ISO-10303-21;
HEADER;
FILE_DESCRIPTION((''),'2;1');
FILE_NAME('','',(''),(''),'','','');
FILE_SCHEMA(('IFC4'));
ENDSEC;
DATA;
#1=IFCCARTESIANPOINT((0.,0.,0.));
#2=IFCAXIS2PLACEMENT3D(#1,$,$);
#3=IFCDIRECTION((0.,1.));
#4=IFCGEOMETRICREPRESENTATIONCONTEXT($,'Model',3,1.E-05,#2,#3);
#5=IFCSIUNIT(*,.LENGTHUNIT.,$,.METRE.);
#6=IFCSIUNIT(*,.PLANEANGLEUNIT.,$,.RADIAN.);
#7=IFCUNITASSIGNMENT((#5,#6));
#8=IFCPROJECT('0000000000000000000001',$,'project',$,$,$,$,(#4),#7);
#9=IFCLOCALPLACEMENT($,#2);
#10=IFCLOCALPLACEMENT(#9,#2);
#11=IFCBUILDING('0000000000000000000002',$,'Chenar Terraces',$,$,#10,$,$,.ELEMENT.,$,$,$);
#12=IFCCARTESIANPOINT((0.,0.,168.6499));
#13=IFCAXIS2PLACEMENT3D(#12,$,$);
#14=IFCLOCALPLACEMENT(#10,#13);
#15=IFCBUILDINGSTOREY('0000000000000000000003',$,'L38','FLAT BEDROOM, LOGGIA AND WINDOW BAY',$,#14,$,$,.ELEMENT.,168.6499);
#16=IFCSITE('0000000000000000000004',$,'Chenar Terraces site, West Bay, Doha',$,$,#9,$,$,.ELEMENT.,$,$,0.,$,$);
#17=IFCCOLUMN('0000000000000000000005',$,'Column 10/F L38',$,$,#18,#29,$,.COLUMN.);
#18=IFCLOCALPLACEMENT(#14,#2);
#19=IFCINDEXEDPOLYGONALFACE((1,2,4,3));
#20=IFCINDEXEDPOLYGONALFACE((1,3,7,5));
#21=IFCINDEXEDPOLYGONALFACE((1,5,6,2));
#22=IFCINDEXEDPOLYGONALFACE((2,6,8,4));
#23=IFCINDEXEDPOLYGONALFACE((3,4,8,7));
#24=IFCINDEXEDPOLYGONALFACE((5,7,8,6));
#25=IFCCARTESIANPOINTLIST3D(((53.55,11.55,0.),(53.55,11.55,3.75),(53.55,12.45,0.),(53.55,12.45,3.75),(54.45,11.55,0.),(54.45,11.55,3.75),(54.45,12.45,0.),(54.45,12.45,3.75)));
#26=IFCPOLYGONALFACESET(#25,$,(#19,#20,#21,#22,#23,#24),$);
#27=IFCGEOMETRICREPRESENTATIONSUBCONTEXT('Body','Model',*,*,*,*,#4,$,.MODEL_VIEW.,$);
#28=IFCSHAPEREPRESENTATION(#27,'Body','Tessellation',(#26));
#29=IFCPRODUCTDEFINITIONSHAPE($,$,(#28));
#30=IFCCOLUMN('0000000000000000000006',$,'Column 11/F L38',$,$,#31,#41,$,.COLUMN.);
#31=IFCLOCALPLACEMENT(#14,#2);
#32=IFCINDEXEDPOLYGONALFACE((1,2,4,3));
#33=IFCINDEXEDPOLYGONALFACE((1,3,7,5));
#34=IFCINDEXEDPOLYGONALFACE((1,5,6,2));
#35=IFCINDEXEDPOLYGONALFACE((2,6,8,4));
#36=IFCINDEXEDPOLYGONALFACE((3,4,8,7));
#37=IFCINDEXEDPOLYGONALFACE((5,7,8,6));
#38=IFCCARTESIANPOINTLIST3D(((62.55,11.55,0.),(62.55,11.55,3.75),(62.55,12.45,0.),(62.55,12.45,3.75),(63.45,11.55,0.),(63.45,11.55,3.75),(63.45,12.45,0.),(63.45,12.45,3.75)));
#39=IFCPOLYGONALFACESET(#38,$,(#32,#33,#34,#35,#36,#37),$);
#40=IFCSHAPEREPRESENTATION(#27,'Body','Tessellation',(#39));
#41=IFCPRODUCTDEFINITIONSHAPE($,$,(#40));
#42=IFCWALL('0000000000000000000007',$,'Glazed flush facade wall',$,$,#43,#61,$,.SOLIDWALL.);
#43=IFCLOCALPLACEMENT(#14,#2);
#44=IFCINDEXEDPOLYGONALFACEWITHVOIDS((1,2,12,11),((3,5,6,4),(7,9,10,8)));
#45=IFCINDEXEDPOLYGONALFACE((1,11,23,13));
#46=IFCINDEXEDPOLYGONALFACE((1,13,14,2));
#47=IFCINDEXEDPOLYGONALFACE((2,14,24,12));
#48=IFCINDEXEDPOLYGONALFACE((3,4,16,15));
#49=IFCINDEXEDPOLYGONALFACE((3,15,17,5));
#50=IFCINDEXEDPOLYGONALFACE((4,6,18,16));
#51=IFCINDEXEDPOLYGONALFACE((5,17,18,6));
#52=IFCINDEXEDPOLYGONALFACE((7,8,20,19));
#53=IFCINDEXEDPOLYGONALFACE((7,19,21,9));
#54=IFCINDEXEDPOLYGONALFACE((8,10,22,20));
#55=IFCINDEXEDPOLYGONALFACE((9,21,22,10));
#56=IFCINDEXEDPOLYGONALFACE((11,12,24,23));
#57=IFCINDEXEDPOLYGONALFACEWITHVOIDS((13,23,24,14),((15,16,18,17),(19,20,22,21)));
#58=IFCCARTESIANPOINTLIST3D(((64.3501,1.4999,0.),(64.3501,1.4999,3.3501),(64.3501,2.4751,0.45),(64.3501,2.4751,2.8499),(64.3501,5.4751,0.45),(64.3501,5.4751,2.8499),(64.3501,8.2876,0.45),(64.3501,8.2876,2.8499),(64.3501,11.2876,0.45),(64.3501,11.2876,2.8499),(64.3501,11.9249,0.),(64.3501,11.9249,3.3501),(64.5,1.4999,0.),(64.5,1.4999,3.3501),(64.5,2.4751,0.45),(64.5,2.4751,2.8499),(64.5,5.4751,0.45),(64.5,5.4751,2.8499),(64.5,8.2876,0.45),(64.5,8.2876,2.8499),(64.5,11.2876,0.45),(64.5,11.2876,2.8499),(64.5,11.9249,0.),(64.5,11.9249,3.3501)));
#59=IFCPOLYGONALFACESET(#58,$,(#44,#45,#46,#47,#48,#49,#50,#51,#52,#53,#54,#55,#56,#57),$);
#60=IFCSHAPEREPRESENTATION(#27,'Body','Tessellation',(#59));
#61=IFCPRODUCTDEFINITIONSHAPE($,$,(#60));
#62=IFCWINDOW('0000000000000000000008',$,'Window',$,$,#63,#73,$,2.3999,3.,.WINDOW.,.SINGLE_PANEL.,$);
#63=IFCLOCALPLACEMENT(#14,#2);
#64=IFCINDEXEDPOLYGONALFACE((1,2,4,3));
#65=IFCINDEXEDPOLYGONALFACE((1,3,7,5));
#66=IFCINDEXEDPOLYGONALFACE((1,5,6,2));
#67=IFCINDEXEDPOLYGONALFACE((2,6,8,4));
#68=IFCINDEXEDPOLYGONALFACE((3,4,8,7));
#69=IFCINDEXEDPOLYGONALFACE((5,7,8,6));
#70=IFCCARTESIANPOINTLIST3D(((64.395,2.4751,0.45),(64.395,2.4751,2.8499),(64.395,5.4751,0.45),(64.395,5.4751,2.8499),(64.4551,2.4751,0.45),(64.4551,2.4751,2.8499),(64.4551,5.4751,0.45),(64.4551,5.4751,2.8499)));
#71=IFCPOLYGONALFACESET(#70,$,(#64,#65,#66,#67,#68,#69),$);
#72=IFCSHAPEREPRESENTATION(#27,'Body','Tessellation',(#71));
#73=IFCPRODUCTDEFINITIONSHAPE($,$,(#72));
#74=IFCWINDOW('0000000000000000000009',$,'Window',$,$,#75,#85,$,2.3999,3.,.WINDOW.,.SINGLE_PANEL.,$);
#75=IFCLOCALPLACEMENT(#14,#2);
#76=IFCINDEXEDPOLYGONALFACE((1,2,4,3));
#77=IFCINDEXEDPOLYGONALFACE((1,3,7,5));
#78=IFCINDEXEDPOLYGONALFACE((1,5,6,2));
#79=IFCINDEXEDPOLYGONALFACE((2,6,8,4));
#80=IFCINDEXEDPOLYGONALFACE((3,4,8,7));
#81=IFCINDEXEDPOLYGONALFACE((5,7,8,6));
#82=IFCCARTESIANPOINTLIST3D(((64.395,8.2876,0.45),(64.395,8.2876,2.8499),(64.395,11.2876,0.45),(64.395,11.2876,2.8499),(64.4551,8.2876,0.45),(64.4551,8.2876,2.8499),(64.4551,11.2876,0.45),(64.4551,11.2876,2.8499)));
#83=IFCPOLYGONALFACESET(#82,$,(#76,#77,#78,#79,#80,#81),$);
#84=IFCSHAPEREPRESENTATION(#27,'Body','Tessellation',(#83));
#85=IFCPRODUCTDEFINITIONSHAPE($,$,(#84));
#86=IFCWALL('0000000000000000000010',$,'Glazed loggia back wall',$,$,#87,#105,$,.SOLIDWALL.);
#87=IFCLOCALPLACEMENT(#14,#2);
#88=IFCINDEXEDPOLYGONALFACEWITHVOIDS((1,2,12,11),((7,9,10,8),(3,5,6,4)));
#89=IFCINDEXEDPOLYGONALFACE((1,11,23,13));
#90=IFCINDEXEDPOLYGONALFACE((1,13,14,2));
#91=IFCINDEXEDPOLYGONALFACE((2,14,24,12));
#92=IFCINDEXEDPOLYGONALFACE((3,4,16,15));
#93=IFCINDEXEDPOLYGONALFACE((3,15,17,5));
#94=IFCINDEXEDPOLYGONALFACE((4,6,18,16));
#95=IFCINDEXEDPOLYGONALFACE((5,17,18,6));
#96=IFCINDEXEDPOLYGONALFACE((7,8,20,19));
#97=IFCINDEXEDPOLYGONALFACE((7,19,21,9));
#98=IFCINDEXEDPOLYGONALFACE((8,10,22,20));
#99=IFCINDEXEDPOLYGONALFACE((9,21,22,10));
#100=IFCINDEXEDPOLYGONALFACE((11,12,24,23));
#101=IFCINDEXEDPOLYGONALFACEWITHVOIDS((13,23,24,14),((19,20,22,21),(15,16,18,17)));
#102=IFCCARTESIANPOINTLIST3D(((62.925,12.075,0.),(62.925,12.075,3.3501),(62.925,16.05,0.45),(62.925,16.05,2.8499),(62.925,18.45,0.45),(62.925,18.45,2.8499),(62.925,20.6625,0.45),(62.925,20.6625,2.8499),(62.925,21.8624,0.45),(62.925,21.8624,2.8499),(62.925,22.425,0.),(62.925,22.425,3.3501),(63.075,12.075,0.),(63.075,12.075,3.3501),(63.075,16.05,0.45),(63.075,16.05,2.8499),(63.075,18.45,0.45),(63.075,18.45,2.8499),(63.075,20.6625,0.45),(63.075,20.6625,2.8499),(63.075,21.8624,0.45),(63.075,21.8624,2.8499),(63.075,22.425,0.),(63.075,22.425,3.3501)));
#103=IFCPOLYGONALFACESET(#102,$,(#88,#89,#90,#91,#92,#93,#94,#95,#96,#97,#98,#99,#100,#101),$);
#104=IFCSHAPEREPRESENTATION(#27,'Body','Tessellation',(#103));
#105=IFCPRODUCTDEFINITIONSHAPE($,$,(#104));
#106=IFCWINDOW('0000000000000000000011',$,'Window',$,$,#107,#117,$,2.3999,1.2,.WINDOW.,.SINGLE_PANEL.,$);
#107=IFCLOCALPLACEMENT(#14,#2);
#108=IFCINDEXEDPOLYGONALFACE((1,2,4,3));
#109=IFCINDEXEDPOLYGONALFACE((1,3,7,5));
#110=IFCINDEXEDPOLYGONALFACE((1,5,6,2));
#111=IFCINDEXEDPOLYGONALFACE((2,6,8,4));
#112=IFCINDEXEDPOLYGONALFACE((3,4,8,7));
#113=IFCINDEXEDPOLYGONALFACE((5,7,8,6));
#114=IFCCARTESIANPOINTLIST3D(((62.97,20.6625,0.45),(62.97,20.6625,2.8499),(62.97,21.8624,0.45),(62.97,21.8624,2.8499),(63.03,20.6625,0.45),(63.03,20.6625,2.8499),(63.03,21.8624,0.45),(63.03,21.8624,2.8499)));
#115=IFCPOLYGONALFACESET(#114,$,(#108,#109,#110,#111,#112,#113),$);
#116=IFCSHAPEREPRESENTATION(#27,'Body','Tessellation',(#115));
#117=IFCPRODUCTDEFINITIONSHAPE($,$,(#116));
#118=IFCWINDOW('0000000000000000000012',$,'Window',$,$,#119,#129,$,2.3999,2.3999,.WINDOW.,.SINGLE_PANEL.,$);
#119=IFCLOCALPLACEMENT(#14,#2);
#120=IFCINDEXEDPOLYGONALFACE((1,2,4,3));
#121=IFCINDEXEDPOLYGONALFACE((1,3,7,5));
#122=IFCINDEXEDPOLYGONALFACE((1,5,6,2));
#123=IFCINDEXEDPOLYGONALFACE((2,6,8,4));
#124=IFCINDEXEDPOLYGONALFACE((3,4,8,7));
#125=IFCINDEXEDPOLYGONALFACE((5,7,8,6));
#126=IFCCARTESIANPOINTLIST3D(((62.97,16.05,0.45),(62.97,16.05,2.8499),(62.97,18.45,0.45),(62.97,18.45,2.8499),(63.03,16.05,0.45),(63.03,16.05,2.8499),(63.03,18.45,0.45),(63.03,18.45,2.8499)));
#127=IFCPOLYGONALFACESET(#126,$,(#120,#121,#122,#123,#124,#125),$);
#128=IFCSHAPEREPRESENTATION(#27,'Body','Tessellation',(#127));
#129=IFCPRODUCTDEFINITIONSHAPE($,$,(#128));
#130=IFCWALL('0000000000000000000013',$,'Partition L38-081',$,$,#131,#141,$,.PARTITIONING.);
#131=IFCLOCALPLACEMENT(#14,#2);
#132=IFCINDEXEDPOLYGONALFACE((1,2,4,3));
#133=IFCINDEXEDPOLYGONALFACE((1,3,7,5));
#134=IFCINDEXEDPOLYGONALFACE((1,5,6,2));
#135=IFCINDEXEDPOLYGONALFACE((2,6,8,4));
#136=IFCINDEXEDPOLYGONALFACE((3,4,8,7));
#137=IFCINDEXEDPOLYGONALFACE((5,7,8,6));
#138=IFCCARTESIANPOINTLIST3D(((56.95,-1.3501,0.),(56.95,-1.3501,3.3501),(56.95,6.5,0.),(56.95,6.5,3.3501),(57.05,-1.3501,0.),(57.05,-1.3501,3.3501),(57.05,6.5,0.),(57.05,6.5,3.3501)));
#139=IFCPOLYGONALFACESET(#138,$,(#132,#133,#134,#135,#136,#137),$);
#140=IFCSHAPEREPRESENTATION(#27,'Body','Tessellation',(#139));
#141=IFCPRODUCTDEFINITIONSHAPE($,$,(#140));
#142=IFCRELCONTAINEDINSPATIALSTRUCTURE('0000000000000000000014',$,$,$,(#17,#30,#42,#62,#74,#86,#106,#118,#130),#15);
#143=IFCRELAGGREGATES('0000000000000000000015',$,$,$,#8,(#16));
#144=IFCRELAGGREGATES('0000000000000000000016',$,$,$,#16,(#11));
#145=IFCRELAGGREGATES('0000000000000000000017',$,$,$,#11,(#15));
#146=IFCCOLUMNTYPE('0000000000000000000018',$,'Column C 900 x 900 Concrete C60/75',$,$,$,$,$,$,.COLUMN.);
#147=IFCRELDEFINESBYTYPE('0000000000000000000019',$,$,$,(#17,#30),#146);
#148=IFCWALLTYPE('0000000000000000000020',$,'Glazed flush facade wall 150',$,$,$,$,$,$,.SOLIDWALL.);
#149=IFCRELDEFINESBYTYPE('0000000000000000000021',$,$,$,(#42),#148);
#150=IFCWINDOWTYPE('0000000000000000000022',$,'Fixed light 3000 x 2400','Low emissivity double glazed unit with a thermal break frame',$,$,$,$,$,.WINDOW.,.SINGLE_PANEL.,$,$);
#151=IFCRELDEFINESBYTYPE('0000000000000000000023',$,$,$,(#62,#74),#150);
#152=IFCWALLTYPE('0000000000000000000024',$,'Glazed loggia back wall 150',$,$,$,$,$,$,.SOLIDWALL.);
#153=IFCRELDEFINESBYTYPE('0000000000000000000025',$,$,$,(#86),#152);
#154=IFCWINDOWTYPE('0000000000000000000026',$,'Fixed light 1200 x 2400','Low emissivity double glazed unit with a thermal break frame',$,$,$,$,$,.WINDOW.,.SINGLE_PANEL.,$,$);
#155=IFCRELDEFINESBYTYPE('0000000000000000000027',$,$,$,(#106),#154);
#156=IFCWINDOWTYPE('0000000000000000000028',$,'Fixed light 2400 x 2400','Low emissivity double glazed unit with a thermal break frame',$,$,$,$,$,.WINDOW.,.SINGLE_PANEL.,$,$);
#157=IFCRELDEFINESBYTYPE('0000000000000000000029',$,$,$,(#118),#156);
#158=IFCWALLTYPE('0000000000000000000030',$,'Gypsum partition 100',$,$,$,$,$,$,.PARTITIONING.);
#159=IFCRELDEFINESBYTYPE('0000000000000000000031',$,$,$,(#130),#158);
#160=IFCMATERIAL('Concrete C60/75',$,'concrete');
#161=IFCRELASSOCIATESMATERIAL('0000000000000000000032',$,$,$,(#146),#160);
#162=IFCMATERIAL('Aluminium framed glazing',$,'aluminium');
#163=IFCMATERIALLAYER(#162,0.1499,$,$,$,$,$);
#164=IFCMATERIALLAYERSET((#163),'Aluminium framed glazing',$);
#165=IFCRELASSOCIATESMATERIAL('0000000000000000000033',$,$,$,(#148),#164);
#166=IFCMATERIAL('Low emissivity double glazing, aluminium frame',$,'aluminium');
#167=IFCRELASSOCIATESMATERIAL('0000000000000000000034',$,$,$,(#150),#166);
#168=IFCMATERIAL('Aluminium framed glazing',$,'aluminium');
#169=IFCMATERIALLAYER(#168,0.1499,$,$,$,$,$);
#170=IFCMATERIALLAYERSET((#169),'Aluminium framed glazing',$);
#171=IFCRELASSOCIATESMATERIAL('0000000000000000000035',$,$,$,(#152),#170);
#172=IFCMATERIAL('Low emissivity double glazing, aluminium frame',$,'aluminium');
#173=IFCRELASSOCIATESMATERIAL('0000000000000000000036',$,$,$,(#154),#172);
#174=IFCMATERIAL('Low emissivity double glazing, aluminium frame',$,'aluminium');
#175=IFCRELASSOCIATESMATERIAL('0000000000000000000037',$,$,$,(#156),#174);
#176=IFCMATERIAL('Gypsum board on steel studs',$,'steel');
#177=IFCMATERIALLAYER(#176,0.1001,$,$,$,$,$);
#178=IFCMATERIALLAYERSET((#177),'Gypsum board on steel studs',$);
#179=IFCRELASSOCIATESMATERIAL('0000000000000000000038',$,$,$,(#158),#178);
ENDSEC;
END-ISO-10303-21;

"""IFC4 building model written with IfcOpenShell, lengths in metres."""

from ifc_helpers import new_model, si_unit, direction, frame, frame_2d, origin, origin_2d, place, context, subcontext, project, spatial, rectangle, extrude, material, layer, layer_set, material_profile, profile_set, type_object, element, fill, save


model = new_model("IFC4")

# Units and contexts
model_context = context("Model", 3, precision=1e-05, world=origin(), true_north=direction((0.0, 1.0)))
body_context = subcontext(model_context, "Body", "Model", "MODEL_VIEW")
ifc_project = project(units=[si_unit("LENGTHUNIT", "METRE"), si_unit("PLANEANGLEUNIT", "RADIAN")], contexts=[model_context])

# Site, building, storey
site_placement = place(None, origin())
site = spatial("IfcSite", under=ifc_project, at=site_placement, Name="Chenar Terraces site, West Bay, Doha", CompositionType="ELEMENT", RefElevation=0.0)
building_placement = place(site_placement, origin())
building = spatial("IfcBuilding", under=site, at=building_placement, Name="Chenar Terraces", CompositionType="ELEMENT")
storey_placement = place(building_placement, frame((0.0, 0.0, 168.6499)))
storey = spatial("IfcBuildingStorey", under=building, at=storey_placement, Name="L38", Description="FLAT BEDROOM, LOGGIA AND WINDOW BAY", CompositionType="ELEMENT", Elevation=168.6499)

# Columns
ifc_material_1 = material(Name="Concrete C60/75", Category="concrete")
ifc_material_profile = material_profile(ifc_material_1, rectangle(XDim=0.8999, YDim=0.8999, at=origin_2d()), Name="C 900 x 900")
ifc_profile_set = profile_set([ifc_material_profile], Name="Concrete C60/75")
column_type = type_object("IfcColumnType", Name="Column C 900 x 900 Concrete C60/75", PredefinedType="COLUMN", material=ifc_profile_set)
for number, where, z_axis, x_axis, name in (
    (1, (54.0, 12.0, 0.0), (0.0, 0.0, 1.0), (1.0, 0.0, 0.0), "Column 10/F L38"),
    (2, (63.0, 12.0, 0.0), (0.0, 0.0, 1.0), (1.0, 0.0, 0.0), "Column 11/F L38"),
):
    element("IfcColumn", number, at=place(storey_placement, frame(where, z_axis=z_axis, x_axis=x_axis)), inside=storey, type_object=column_type, Name=name, PredefinedType="COLUMN", context=body_context, shape_type="SweptSolid", body=[
        extrude(rectangle(XDim=0.8999, YDim=0.8999, at=origin_2d()), origin(), (0.0, 0.0, 1.0), 3.75),
    ])

# Walls, openings, windows
ifc_material_2 = material(Name="Aluminium framed glazing", Category="aluminium")
ifc_layer_1 = layer(ifc_material_2, 0.1499)
ifc_layer_set_1 = layer_set([ifc_layer_1], Name="Aluminium framed glazing")
wall_type_1 = type_object("IfcWallType", Name="Glazed flush facade wall 150", PredefinedType="SOLIDWALL", material=ifc_layer_set_1)
wall_1_placement = place(storey_placement, frame((64.425, 1.5, 0.0), z_axis=(0.0, 0.0, 1.0), x_axis=(0.0, 1.0, 0.0)))
wall_1 = element("IfcWall", 3, at=wall_1_placement, inside=storey, type_object=wall_type_1, Name="Glazed flush facade wall", PredefinedType="SOLIDWALL", context=body_context, shape_type="SweptSolid", body=[
    extrude(rectangle(XDim=10.425, YDim=0.1499, at=frame_2d((5.2124, 0.0))), origin(), (0.0, 0.0, 1.0), 3.3501),
])
opening_1_placement = place(wall_1_placement, frame((0.9751, 0.0, 0.45)))
opening_1 = element("IfcOpeningElement", 4, at=opening_1_placement, cuts=wall_1, PredefinedType="OPENING", context=body_context, shape_type="SweptSolid", body=[
    extrude(rectangle(XDim=3.0, YDim=2.3999, at=frame_2d((1.5, 1.2))), frame((0.0, 0.085, 0.0), z_axis=(0.0, -1.0, 0.0), x_axis=(1.0, 0.0, 0.0)), (0.0, 0.0, 1.0), 0.1699),
])
opening_2_placement = place(wall_1_placement, frame((6.7876, 0.0, 0.45)))
opening_2 = element("IfcOpeningElement", 5, at=opening_2_placement, cuts=wall_1, PredefinedType="OPENING", context=body_context, shape_type="SweptSolid", body=[
    extrude(rectangle(XDim=3.0, YDim=2.3999, at=frame_2d((1.5, 1.2))), frame((0.0, 0.085, 0.0), z_axis=(0.0, -1.0, 0.0), x_axis=(1.0, 0.0, 0.0)), (0.0, 0.0, 1.0), 0.1699),
])
ifc_material_3 = material(Name="Low emissivity double glazing, aluminium frame", Category="aluminium")
window_type_1 = type_object("IfcWindowType", Name="Fixed light 3000 x 2400", Description="Low emissivity double glazed unit with a thermal break frame", PartitioningType="SINGLE_PANEL", PredefinedType="WINDOW", material=ifc_material_3)
window_1_placement = place(opening_1_placement, origin())
window_1 = element("IfcWindow", 6, at=window_1_placement, inside=storey, type_object=window_type_1, Name="Window", OverallHeight=2.3999, OverallWidth=3.0, PartitioningType="SINGLE_PANEL", PredefinedType="WINDOW", context=body_context, shape_type="SweptSolid", body=[
    extrude(rectangle(XDim=3.0, YDim=2.3999, at=frame_2d((1.5, 1.2))), frame((0.0, 0.03, 0.0), z_axis=(0.0, -1.0, 0.0), x_axis=(1.0, 0.0, 0.0)), (0.0, 0.0, 1.0), 0.0601),
])
fill(opening_1, window_1)
window_2_placement = place(opening_2_placement, origin())
window_2 = element("IfcWindow", 7, at=window_2_placement, inside=storey, type_object=window_type_1, Name="Window", OverallHeight=2.3999, OverallWidth=3.0, PartitioningType="SINGLE_PANEL", PredefinedType="WINDOW", context=body_context, shape_type="SweptSolid", body=[
    extrude(rectangle(XDim=3.0, YDim=2.3999, at=frame_2d((1.5, 1.2))), frame((0.0, 0.03, 0.0), z_axis=(0.0, -1.0, 0.0), x_axis=(1.0, 0.0, 0.0)), (0.0, 0.0, 1.0), 0.0601),
])
fill(opening_2, window_2)
ifc_material_4 = material(Name="Aluminium framed glazing", Category="aluminium")
ifc_layer_2 = layer(ifc_material_4, 0.1499)
ifc_layer_set_2 = layer_set([ifc_layer_2], Name="Aluminium framed glazing")
wall_type_2 = type_object("IfcWallType", Name="Glazed loggia back wall 150", PredefinedType="SOLIDWALL", material=ifc_layer_set_2)
wall_2_placement = place(storey_placement, frame((63.0, 12.075, 0.0), z_axis=(0.0, 0.0, 1.0), x_axis=(0.0, 1.0, 0.0)))
wall_2 = element("IfcWall", 8, at=wall_2_placement, inside=storey, type_object=wall_type_2, Name="Glazed loggia back wall", PredefinedType="SOLIDWALL", context=body_context, shape_type="SweptSolid", body=[
    extrude(rectangle(XDim=10.3501, YDim=0.1499, at=frame_2d((5.175, 0.0))), origin(), (0.0, 0.0, 1.0), 3.3501),
])
opening_3_placement = place(wall_2_placement, frame((3.9751, 0.0, 0.45)))
opening_3 = element("IfcOpeningElement", 9, at=opening_3_placement, cuts=wall_2, PredefinedType="OPENING", context=body_context, shape_type="SweptSolid", body=[
    extrude(rectangle(XDim=2.3999, YDim=2.3999, at=frame_2d((1.2, 1.2))), frame((0.0, 0.085, 0.0), z_axis=(0.0, -1.0, 0.0), x_axis=(1.0, 0.0, 0.0)), (0.0, 0.0, 1.0), 0.1699),
])
opening_4_placement = place(wall_2_placement, frame((8.5874, 0.0, 0.45)))
opening_4 = element("IfcOpeningElement", 10, at=opening_4_placement, cuts=wall_2, PredefinedType="OPENING", context=body_context, shape_type="SweptSolid", body=[
    extrude(rectangle(XDim=1.2, YDim=2.3999, at=frame_2d((0.6001, 1.2))), frame((0.0, 0.085, 0.0), z_axis=(0.0, -1.0, 0.0), x_axis=(1.0, 0.0, 0.0)), (0.0, 0.0, 1.0), 0.1699),
])
ifc_material_5 = material(Name="Low emissivity double glazing, aluminium frame", Category="aluminium")
window_type_2 = type_object("IfcWindowType", Name="Fixed light 1200 x 2400", Description="Low emissivity double glazed unit with a thermal break frame", PartitioningType="SINGLE_PANEL", PredefinedType="WINDOW", material=ifc_material_5)
window_3_placement = place(opening_4_placement, origin())
window_3 = element("IfcWindow", 11, at=window_3_placement, inside=storey, type_object=window_type_2, Name="Window", OverallHeight=2.3999, OverallWidth=1.2, PartitioningType="SINGLE_PANEL", PredefinedType="WINDOW", context=body_context, shape_type="SweptSolid", body=[
    extrude(rectangle(XDim=1.2, YDim=2.3999, at=frame_2d((0.6001, 1.2))), frame((0.0, 0.03, 0.0), z_axis=(0.0, -1.0, 0.0), x_axis=(1.0, 0.0, 0.0)), (0.0, 0.0, 1.0), 0.0601),
])
fill(opening_4, window_3)
ifc_material_6 = material(Name="Low emissivity double glazing, aluminium frame", Category="aluminium")
window_type_3 = type_object("IfcWindowType", Name="Fixed light 2400 x 2400", Description="Low emissivity double glazed unit with a thermal break frame", PartitioningType="SINGLE_PANEL", PredefinedType="WINDOW", material=ifc_material_6)
window_4_placement = place(opening_3_placement, origin())
window_4 = element("IfcWindow", 12, at=window_4_placement, inside=storey, type_object=window_type_3, Name="Window", OverallHeight=2.3999, OverallWidth=2.3999, PartitioningType="SINGLE_PANEL", PredefinedType="WINDOW", context=body_context, shape_type="SweptSolid", body=[
    extrude(rectangle(XDim=2.3999, YDim=2.3999, at=frame_2d((1.2, 1.2))), frame((0.0, 0.03, 0.0), z_axis=(0.0, -1.0, 0.0), x_axis=(1.0, 0.0, 0.0)), (0.0, 0.0, 1.0), 0.0601),
])
fill(opening_3, window_4)

# Wall
ifc_material_7 = material(Name="Gypsum board on steel studs", Category="steel")
ifc_layer_3 = layer(ifc_material_7, 0.1001)
ifc_layer_set_3 = layer_set([ifc_layer_3], Name="Gypsum board on steel studs")
wall_type_3 = type_object("IfcWallType", Name="Gypsum partition 100", PredefinedType="PARTITIONING", material=ifc_layer_set_3)
wall_3_placement = place(storey_placement, frame((57.0, -1.3501, 0.0), z_axis=(0.0, 0.0, 1.0), x_axis=(0.0, 1.0, 0.0)))
element("IfcWall", 13, at=wall_3_placement, inside=storey, type_object=wall_type_3, Name="Partition L38-081", PredefinedType="PARTITIONING", context=body_context, shape_type="SweptSolid", body=[
    extrude(rectangle(XDim=7.8501, YDim=0.1001, at=frame_2d((3.925, 0.0))), origin(), (0.0, 0.0, 1.0), 3.3501),
])

save(model, "model.ifc")
